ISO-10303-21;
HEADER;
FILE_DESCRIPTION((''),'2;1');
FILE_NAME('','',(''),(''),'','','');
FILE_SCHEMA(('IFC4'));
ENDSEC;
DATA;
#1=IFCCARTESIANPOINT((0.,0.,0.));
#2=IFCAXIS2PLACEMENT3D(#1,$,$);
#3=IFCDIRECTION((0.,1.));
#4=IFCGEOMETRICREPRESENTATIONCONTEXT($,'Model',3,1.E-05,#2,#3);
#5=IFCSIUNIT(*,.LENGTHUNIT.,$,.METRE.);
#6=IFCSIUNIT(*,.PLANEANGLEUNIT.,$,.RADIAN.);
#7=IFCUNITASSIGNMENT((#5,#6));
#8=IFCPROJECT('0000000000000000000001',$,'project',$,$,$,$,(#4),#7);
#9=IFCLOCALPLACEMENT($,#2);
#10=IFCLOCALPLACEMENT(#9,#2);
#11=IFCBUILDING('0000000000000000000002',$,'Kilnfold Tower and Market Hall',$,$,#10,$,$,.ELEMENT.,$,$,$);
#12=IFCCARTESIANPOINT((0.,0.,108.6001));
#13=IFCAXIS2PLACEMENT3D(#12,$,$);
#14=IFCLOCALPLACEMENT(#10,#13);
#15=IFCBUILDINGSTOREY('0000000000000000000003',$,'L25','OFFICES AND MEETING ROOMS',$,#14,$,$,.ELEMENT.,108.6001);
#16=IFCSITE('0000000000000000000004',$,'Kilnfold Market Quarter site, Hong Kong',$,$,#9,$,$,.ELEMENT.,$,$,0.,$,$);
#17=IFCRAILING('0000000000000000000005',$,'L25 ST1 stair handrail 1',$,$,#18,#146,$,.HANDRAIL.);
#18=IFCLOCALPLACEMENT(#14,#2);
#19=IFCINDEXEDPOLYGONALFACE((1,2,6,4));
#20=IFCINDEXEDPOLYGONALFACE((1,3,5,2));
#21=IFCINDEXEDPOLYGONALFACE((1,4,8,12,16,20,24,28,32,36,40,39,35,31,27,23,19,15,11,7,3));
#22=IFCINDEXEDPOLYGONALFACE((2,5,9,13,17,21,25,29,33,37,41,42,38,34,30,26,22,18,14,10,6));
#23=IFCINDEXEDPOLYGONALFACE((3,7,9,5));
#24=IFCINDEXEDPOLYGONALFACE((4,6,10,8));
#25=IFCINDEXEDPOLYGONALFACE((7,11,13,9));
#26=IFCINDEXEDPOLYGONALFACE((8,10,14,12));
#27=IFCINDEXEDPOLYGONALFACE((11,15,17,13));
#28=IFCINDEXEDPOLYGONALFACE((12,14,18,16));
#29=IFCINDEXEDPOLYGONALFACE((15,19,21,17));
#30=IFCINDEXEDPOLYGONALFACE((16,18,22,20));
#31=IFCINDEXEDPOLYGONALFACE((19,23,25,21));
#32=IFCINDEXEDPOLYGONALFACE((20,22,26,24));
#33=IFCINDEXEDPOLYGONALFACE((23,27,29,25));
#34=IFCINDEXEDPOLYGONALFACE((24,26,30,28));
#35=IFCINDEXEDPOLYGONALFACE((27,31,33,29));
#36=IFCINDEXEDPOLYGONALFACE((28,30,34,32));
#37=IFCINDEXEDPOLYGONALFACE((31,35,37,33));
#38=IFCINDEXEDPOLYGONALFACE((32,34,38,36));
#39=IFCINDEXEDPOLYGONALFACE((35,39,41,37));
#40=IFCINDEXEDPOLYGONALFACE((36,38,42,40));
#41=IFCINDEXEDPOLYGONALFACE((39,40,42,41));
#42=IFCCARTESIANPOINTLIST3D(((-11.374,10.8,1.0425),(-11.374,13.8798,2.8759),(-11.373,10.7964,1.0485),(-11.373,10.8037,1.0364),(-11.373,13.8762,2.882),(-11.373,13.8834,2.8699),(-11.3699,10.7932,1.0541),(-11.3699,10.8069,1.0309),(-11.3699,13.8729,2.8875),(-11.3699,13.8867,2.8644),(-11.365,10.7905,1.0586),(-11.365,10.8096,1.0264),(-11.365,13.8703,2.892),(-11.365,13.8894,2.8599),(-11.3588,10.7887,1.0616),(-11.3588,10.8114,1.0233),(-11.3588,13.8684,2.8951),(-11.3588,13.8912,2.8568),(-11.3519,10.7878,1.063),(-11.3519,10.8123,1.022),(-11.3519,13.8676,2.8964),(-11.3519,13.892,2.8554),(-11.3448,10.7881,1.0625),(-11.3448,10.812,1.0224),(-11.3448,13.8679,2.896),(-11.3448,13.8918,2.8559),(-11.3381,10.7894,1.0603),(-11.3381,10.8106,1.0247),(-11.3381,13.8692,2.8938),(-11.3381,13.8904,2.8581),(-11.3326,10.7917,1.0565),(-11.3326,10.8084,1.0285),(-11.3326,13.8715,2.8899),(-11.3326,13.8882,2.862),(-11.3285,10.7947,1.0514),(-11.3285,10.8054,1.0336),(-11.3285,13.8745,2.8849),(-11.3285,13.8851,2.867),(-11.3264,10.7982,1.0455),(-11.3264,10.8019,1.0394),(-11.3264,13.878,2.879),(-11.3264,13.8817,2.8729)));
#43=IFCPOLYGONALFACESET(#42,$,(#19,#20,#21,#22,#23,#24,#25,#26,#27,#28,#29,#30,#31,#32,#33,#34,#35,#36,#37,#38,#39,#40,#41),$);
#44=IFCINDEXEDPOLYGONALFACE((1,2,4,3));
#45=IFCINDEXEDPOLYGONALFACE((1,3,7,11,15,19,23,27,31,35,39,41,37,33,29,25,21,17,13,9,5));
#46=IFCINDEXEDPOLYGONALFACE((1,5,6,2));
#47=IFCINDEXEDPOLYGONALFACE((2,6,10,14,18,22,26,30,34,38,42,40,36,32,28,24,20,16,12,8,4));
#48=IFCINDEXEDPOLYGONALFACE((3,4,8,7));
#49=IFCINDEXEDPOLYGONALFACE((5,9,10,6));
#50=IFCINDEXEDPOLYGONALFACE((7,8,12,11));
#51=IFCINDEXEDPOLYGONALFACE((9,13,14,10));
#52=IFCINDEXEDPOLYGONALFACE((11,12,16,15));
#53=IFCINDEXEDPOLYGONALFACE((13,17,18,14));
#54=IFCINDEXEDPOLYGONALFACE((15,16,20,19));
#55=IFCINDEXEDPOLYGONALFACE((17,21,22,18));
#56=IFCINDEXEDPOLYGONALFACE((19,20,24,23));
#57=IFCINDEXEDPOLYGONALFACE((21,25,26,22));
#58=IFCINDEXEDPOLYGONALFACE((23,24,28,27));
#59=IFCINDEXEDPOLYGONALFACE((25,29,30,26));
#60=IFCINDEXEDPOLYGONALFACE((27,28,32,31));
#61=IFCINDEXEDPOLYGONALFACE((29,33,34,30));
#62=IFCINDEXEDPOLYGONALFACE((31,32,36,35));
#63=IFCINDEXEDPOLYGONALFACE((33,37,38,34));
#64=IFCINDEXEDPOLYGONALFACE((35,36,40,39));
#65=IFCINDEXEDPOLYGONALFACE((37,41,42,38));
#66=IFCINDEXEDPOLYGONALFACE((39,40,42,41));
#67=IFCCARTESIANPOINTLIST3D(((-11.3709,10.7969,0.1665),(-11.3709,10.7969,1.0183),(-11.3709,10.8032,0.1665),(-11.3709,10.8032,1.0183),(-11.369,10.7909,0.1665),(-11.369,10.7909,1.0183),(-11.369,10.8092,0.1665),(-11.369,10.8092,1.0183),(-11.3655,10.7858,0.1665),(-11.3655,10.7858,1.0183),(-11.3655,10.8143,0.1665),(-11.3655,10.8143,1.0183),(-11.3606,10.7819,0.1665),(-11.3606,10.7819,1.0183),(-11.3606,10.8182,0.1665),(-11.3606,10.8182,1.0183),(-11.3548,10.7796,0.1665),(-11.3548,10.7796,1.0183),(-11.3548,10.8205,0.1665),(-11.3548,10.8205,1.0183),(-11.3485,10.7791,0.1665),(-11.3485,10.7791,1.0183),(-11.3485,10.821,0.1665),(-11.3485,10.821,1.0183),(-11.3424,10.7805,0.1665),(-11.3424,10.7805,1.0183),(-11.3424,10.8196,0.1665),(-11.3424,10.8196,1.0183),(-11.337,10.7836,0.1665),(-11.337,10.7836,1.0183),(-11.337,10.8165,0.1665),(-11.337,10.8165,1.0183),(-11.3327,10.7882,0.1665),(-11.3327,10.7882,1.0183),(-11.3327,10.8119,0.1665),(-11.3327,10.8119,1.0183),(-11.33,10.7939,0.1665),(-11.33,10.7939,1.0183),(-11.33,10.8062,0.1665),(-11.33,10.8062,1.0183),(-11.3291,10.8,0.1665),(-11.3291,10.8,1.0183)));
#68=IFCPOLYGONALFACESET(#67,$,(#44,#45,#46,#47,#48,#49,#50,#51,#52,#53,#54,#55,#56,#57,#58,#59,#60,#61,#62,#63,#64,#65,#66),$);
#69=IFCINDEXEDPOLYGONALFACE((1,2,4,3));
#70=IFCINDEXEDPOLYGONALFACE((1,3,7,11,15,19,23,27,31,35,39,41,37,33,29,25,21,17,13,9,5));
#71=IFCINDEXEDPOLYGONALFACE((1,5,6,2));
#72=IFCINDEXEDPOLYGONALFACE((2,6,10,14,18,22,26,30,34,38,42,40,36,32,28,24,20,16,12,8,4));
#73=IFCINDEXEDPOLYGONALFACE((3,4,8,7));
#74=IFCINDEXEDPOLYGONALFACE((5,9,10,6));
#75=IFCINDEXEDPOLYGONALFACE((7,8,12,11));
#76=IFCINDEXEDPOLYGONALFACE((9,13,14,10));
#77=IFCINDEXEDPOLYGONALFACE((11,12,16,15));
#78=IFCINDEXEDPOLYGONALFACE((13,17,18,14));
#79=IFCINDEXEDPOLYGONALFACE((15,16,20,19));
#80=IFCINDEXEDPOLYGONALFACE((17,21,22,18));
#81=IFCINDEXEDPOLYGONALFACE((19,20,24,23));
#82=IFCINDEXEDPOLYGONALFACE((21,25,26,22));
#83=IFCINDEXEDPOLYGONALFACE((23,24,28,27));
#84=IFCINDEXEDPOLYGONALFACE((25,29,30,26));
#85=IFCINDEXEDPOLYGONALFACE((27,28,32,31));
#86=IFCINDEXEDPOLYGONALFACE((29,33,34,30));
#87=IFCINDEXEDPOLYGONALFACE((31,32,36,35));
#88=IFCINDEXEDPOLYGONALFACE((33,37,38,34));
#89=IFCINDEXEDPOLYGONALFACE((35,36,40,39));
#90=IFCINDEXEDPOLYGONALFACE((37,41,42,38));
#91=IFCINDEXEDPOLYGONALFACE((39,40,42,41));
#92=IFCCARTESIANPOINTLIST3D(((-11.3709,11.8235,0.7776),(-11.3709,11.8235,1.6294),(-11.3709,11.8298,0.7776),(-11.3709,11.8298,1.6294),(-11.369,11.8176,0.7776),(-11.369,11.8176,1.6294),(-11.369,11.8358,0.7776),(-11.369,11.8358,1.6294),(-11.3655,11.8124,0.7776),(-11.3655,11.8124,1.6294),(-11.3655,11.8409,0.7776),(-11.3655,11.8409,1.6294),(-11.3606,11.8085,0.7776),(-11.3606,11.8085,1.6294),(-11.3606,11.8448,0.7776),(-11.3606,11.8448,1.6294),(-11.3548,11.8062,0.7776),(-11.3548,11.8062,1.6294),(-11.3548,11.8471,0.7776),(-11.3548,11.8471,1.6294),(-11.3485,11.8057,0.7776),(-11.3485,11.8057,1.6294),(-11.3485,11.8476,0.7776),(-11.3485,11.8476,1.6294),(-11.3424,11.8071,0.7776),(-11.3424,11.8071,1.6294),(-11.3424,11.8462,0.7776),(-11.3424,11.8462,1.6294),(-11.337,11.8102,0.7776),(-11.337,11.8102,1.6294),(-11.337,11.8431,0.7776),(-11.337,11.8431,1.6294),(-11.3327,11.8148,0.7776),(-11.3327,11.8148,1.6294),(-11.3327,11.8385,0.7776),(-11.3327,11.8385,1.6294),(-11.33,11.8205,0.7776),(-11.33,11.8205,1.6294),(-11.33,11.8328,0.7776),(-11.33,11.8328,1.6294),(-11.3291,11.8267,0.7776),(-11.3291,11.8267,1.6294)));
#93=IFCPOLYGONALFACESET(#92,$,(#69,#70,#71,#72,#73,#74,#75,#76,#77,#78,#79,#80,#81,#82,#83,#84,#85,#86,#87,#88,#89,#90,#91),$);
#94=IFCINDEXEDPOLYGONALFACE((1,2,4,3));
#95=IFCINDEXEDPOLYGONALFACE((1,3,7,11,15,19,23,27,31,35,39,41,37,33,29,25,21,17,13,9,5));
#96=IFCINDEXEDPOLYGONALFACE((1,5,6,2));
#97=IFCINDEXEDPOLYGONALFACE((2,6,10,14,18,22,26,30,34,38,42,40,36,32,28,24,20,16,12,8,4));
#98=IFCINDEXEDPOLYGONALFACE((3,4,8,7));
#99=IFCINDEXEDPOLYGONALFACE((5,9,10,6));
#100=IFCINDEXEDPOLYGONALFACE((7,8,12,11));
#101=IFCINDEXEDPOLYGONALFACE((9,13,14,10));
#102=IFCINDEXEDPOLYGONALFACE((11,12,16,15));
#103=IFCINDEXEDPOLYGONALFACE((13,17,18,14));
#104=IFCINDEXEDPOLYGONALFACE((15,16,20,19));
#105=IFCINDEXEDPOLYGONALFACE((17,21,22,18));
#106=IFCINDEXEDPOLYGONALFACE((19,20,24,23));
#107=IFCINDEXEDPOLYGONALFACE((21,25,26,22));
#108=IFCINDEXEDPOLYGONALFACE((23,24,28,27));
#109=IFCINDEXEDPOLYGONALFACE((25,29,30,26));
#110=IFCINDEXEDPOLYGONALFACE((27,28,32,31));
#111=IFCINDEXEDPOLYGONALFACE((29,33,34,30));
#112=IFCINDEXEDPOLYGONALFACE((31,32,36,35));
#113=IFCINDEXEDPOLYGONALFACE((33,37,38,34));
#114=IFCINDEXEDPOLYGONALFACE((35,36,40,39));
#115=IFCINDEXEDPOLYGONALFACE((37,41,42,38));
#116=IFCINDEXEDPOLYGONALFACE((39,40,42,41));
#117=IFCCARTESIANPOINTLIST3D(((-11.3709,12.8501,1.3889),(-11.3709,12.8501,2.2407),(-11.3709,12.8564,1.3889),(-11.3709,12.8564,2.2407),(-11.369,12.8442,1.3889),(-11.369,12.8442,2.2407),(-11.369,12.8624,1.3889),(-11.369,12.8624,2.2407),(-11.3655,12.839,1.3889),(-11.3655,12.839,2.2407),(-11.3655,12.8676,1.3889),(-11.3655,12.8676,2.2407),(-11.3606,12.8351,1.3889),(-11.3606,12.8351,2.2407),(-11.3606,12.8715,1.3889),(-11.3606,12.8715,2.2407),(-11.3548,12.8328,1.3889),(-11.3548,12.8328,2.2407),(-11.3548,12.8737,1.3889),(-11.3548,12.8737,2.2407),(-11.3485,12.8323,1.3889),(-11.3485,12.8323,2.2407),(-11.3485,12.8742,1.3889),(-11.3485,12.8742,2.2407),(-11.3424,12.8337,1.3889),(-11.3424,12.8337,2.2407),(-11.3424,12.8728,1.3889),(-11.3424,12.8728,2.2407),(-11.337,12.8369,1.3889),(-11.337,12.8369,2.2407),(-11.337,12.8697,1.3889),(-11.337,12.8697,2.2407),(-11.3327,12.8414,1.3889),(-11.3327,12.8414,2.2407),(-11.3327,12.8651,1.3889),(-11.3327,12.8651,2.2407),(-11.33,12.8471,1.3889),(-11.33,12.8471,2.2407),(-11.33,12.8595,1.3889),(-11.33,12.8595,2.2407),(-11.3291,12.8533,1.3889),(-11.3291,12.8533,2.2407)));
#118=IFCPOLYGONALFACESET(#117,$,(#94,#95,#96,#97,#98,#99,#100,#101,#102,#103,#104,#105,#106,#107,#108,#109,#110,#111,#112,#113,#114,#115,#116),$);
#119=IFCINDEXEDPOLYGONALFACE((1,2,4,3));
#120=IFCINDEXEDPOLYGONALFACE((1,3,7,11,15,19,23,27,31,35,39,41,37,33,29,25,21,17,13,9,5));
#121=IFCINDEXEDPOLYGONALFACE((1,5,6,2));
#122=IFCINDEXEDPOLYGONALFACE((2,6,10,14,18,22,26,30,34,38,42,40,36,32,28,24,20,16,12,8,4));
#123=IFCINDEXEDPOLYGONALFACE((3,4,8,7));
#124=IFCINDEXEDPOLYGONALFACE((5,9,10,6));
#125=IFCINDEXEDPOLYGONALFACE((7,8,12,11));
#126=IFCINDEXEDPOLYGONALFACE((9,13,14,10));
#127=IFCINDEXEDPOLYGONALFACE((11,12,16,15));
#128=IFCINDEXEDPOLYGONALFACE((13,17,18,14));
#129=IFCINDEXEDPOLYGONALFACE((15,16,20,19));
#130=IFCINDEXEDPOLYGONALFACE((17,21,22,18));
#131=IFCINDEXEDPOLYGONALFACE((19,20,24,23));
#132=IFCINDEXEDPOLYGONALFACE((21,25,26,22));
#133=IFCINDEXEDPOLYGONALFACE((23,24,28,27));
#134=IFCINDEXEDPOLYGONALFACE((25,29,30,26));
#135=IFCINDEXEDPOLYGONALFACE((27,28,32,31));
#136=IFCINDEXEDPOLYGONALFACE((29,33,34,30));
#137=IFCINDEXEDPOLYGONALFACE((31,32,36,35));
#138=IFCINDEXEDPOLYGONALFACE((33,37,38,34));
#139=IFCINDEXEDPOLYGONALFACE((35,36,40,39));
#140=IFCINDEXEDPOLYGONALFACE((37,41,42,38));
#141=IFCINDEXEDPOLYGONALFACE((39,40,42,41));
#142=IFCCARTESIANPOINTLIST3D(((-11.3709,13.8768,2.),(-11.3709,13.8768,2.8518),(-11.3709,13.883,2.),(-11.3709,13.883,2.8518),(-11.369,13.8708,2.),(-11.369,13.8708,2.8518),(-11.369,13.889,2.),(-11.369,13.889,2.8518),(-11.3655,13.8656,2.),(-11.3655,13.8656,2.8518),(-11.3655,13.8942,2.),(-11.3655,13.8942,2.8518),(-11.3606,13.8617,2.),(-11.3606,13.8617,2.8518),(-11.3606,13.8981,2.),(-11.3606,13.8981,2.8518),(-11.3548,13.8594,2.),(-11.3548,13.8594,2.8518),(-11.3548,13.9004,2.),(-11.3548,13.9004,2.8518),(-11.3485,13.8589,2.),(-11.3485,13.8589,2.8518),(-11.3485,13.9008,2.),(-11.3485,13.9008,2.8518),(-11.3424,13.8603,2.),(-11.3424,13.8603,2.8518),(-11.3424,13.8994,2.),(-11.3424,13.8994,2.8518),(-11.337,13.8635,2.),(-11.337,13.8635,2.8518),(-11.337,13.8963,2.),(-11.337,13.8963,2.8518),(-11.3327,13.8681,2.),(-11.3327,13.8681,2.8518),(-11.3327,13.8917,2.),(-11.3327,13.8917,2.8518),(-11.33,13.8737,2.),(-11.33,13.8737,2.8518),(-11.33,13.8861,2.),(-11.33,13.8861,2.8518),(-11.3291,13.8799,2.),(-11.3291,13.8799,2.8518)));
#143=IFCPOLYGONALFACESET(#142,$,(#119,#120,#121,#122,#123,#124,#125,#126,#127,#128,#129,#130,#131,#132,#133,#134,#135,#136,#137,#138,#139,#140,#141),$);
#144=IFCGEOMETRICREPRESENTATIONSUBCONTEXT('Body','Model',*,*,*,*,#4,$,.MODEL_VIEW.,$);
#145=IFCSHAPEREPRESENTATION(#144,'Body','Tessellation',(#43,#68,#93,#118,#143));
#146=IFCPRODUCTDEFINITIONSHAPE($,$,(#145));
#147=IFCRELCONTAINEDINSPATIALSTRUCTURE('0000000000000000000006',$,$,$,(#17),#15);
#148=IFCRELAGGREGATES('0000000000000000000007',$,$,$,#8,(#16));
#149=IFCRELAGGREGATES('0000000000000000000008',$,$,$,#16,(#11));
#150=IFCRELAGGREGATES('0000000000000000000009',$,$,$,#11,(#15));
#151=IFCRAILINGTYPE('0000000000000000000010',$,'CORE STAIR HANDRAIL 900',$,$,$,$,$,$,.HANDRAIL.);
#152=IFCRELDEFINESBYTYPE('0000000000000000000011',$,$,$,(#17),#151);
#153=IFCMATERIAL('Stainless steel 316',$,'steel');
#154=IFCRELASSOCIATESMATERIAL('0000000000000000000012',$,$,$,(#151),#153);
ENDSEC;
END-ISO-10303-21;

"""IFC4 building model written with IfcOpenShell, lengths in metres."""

from ifc_helpers import new_model, si_unit, direction, frame, origin, origin_2d, place, context, subcontext, project, spatial, circle, extrude, material, type_object, element, save


model = new_model("IFC4")

# Units and contexts
model_context = context("Model", 3, precision=1e-05, world=origin(), true_north=direction((0.0, 1.0)))
body_context = subcontext(model_context, "Body", "Model", "MODEL_VIEW")
ifc_project = project(units=[si_unit("LENGTHUNIT", "METRE"), si_unit("PLANEANGLEUNIT", "RADIAN")], contexts=[model_context])

# Site, building, storey
site_placement = place(None, origin())
site = spatial("IfcSite", under=ifc_project, at=site_placement, Name="Kilnfold Market Quarter site, Hong Kong", CompositionType="ELEMENT", RefElevation=0.0)
building_placement = place(site_placement, origin())
building = spatial("IfcBuilding", under=site, at=building_placement, Name="Kilnfold Tower and Market Hall", CompositionType="ELEMENT")
storey_placement = place(building_placement, frame((0.0, 0.0, 108.6001)))
storey = spatial("IfcBuildingStorey", under=building, at=storey_placement, Name="L25", Description="OFFICES AND MEETING ROOMS", CompositionType="ELEMENT", Elevation=108.6001)

# Railing
ifc_material_1 = material(Name="Stainless steel 316", Category="steel")
railing_type_1 = type_object("IfcRailingType", Name="CORE STAIR HANDRAIL 900", PredefinedType="HANDRAIL", material=ifc_material_1)
railing_1_placement = place(storey_placement, frame((-11.3501, 10.8, 0.1665)))
element("IfcRailing", 1, at=railing_1_placement, inside=storey, type_object=railing_type_1, Name="L25 ST1 stair handrail 1", PredefinedType="HANDRAIL", context=body_context, shape_type="SweptSolid", body=[
    extrude(circle(Radius=0.0239, at=origin_2d()), frame((0.0, 0.0, 0.876), z_axis=(0.0, 0.859261, 0.511538), x_axis=(-1.0, 0.0, 0.0)), (0.0, 0.0, 1.0), 3.5842),
    extrude(circle(Radius=0.021, at=origin_2d()), origin(), (0.0, 0.0, 1.0), 0.8518),
    extrude(circle(Radius=0.021, at=origin_2d()), frame((0.0, 1.0266, 0.6111)), (0.0, 0.0, 1.0), 0.8518),
    extrude(circle(Radius=0.021, at=origin_2d()), frame((0.0, 2.0532, 1.2224)), (0.0, 0.0, 1.0), 0.8518),
    extrude(circle(Radius=0.021, at=origin_2d()), frame((0.0, 3.0798, 1.8335)), (0.0, 0.0, 1.0), 0.8518),
])

save(model, "model.ifc")
